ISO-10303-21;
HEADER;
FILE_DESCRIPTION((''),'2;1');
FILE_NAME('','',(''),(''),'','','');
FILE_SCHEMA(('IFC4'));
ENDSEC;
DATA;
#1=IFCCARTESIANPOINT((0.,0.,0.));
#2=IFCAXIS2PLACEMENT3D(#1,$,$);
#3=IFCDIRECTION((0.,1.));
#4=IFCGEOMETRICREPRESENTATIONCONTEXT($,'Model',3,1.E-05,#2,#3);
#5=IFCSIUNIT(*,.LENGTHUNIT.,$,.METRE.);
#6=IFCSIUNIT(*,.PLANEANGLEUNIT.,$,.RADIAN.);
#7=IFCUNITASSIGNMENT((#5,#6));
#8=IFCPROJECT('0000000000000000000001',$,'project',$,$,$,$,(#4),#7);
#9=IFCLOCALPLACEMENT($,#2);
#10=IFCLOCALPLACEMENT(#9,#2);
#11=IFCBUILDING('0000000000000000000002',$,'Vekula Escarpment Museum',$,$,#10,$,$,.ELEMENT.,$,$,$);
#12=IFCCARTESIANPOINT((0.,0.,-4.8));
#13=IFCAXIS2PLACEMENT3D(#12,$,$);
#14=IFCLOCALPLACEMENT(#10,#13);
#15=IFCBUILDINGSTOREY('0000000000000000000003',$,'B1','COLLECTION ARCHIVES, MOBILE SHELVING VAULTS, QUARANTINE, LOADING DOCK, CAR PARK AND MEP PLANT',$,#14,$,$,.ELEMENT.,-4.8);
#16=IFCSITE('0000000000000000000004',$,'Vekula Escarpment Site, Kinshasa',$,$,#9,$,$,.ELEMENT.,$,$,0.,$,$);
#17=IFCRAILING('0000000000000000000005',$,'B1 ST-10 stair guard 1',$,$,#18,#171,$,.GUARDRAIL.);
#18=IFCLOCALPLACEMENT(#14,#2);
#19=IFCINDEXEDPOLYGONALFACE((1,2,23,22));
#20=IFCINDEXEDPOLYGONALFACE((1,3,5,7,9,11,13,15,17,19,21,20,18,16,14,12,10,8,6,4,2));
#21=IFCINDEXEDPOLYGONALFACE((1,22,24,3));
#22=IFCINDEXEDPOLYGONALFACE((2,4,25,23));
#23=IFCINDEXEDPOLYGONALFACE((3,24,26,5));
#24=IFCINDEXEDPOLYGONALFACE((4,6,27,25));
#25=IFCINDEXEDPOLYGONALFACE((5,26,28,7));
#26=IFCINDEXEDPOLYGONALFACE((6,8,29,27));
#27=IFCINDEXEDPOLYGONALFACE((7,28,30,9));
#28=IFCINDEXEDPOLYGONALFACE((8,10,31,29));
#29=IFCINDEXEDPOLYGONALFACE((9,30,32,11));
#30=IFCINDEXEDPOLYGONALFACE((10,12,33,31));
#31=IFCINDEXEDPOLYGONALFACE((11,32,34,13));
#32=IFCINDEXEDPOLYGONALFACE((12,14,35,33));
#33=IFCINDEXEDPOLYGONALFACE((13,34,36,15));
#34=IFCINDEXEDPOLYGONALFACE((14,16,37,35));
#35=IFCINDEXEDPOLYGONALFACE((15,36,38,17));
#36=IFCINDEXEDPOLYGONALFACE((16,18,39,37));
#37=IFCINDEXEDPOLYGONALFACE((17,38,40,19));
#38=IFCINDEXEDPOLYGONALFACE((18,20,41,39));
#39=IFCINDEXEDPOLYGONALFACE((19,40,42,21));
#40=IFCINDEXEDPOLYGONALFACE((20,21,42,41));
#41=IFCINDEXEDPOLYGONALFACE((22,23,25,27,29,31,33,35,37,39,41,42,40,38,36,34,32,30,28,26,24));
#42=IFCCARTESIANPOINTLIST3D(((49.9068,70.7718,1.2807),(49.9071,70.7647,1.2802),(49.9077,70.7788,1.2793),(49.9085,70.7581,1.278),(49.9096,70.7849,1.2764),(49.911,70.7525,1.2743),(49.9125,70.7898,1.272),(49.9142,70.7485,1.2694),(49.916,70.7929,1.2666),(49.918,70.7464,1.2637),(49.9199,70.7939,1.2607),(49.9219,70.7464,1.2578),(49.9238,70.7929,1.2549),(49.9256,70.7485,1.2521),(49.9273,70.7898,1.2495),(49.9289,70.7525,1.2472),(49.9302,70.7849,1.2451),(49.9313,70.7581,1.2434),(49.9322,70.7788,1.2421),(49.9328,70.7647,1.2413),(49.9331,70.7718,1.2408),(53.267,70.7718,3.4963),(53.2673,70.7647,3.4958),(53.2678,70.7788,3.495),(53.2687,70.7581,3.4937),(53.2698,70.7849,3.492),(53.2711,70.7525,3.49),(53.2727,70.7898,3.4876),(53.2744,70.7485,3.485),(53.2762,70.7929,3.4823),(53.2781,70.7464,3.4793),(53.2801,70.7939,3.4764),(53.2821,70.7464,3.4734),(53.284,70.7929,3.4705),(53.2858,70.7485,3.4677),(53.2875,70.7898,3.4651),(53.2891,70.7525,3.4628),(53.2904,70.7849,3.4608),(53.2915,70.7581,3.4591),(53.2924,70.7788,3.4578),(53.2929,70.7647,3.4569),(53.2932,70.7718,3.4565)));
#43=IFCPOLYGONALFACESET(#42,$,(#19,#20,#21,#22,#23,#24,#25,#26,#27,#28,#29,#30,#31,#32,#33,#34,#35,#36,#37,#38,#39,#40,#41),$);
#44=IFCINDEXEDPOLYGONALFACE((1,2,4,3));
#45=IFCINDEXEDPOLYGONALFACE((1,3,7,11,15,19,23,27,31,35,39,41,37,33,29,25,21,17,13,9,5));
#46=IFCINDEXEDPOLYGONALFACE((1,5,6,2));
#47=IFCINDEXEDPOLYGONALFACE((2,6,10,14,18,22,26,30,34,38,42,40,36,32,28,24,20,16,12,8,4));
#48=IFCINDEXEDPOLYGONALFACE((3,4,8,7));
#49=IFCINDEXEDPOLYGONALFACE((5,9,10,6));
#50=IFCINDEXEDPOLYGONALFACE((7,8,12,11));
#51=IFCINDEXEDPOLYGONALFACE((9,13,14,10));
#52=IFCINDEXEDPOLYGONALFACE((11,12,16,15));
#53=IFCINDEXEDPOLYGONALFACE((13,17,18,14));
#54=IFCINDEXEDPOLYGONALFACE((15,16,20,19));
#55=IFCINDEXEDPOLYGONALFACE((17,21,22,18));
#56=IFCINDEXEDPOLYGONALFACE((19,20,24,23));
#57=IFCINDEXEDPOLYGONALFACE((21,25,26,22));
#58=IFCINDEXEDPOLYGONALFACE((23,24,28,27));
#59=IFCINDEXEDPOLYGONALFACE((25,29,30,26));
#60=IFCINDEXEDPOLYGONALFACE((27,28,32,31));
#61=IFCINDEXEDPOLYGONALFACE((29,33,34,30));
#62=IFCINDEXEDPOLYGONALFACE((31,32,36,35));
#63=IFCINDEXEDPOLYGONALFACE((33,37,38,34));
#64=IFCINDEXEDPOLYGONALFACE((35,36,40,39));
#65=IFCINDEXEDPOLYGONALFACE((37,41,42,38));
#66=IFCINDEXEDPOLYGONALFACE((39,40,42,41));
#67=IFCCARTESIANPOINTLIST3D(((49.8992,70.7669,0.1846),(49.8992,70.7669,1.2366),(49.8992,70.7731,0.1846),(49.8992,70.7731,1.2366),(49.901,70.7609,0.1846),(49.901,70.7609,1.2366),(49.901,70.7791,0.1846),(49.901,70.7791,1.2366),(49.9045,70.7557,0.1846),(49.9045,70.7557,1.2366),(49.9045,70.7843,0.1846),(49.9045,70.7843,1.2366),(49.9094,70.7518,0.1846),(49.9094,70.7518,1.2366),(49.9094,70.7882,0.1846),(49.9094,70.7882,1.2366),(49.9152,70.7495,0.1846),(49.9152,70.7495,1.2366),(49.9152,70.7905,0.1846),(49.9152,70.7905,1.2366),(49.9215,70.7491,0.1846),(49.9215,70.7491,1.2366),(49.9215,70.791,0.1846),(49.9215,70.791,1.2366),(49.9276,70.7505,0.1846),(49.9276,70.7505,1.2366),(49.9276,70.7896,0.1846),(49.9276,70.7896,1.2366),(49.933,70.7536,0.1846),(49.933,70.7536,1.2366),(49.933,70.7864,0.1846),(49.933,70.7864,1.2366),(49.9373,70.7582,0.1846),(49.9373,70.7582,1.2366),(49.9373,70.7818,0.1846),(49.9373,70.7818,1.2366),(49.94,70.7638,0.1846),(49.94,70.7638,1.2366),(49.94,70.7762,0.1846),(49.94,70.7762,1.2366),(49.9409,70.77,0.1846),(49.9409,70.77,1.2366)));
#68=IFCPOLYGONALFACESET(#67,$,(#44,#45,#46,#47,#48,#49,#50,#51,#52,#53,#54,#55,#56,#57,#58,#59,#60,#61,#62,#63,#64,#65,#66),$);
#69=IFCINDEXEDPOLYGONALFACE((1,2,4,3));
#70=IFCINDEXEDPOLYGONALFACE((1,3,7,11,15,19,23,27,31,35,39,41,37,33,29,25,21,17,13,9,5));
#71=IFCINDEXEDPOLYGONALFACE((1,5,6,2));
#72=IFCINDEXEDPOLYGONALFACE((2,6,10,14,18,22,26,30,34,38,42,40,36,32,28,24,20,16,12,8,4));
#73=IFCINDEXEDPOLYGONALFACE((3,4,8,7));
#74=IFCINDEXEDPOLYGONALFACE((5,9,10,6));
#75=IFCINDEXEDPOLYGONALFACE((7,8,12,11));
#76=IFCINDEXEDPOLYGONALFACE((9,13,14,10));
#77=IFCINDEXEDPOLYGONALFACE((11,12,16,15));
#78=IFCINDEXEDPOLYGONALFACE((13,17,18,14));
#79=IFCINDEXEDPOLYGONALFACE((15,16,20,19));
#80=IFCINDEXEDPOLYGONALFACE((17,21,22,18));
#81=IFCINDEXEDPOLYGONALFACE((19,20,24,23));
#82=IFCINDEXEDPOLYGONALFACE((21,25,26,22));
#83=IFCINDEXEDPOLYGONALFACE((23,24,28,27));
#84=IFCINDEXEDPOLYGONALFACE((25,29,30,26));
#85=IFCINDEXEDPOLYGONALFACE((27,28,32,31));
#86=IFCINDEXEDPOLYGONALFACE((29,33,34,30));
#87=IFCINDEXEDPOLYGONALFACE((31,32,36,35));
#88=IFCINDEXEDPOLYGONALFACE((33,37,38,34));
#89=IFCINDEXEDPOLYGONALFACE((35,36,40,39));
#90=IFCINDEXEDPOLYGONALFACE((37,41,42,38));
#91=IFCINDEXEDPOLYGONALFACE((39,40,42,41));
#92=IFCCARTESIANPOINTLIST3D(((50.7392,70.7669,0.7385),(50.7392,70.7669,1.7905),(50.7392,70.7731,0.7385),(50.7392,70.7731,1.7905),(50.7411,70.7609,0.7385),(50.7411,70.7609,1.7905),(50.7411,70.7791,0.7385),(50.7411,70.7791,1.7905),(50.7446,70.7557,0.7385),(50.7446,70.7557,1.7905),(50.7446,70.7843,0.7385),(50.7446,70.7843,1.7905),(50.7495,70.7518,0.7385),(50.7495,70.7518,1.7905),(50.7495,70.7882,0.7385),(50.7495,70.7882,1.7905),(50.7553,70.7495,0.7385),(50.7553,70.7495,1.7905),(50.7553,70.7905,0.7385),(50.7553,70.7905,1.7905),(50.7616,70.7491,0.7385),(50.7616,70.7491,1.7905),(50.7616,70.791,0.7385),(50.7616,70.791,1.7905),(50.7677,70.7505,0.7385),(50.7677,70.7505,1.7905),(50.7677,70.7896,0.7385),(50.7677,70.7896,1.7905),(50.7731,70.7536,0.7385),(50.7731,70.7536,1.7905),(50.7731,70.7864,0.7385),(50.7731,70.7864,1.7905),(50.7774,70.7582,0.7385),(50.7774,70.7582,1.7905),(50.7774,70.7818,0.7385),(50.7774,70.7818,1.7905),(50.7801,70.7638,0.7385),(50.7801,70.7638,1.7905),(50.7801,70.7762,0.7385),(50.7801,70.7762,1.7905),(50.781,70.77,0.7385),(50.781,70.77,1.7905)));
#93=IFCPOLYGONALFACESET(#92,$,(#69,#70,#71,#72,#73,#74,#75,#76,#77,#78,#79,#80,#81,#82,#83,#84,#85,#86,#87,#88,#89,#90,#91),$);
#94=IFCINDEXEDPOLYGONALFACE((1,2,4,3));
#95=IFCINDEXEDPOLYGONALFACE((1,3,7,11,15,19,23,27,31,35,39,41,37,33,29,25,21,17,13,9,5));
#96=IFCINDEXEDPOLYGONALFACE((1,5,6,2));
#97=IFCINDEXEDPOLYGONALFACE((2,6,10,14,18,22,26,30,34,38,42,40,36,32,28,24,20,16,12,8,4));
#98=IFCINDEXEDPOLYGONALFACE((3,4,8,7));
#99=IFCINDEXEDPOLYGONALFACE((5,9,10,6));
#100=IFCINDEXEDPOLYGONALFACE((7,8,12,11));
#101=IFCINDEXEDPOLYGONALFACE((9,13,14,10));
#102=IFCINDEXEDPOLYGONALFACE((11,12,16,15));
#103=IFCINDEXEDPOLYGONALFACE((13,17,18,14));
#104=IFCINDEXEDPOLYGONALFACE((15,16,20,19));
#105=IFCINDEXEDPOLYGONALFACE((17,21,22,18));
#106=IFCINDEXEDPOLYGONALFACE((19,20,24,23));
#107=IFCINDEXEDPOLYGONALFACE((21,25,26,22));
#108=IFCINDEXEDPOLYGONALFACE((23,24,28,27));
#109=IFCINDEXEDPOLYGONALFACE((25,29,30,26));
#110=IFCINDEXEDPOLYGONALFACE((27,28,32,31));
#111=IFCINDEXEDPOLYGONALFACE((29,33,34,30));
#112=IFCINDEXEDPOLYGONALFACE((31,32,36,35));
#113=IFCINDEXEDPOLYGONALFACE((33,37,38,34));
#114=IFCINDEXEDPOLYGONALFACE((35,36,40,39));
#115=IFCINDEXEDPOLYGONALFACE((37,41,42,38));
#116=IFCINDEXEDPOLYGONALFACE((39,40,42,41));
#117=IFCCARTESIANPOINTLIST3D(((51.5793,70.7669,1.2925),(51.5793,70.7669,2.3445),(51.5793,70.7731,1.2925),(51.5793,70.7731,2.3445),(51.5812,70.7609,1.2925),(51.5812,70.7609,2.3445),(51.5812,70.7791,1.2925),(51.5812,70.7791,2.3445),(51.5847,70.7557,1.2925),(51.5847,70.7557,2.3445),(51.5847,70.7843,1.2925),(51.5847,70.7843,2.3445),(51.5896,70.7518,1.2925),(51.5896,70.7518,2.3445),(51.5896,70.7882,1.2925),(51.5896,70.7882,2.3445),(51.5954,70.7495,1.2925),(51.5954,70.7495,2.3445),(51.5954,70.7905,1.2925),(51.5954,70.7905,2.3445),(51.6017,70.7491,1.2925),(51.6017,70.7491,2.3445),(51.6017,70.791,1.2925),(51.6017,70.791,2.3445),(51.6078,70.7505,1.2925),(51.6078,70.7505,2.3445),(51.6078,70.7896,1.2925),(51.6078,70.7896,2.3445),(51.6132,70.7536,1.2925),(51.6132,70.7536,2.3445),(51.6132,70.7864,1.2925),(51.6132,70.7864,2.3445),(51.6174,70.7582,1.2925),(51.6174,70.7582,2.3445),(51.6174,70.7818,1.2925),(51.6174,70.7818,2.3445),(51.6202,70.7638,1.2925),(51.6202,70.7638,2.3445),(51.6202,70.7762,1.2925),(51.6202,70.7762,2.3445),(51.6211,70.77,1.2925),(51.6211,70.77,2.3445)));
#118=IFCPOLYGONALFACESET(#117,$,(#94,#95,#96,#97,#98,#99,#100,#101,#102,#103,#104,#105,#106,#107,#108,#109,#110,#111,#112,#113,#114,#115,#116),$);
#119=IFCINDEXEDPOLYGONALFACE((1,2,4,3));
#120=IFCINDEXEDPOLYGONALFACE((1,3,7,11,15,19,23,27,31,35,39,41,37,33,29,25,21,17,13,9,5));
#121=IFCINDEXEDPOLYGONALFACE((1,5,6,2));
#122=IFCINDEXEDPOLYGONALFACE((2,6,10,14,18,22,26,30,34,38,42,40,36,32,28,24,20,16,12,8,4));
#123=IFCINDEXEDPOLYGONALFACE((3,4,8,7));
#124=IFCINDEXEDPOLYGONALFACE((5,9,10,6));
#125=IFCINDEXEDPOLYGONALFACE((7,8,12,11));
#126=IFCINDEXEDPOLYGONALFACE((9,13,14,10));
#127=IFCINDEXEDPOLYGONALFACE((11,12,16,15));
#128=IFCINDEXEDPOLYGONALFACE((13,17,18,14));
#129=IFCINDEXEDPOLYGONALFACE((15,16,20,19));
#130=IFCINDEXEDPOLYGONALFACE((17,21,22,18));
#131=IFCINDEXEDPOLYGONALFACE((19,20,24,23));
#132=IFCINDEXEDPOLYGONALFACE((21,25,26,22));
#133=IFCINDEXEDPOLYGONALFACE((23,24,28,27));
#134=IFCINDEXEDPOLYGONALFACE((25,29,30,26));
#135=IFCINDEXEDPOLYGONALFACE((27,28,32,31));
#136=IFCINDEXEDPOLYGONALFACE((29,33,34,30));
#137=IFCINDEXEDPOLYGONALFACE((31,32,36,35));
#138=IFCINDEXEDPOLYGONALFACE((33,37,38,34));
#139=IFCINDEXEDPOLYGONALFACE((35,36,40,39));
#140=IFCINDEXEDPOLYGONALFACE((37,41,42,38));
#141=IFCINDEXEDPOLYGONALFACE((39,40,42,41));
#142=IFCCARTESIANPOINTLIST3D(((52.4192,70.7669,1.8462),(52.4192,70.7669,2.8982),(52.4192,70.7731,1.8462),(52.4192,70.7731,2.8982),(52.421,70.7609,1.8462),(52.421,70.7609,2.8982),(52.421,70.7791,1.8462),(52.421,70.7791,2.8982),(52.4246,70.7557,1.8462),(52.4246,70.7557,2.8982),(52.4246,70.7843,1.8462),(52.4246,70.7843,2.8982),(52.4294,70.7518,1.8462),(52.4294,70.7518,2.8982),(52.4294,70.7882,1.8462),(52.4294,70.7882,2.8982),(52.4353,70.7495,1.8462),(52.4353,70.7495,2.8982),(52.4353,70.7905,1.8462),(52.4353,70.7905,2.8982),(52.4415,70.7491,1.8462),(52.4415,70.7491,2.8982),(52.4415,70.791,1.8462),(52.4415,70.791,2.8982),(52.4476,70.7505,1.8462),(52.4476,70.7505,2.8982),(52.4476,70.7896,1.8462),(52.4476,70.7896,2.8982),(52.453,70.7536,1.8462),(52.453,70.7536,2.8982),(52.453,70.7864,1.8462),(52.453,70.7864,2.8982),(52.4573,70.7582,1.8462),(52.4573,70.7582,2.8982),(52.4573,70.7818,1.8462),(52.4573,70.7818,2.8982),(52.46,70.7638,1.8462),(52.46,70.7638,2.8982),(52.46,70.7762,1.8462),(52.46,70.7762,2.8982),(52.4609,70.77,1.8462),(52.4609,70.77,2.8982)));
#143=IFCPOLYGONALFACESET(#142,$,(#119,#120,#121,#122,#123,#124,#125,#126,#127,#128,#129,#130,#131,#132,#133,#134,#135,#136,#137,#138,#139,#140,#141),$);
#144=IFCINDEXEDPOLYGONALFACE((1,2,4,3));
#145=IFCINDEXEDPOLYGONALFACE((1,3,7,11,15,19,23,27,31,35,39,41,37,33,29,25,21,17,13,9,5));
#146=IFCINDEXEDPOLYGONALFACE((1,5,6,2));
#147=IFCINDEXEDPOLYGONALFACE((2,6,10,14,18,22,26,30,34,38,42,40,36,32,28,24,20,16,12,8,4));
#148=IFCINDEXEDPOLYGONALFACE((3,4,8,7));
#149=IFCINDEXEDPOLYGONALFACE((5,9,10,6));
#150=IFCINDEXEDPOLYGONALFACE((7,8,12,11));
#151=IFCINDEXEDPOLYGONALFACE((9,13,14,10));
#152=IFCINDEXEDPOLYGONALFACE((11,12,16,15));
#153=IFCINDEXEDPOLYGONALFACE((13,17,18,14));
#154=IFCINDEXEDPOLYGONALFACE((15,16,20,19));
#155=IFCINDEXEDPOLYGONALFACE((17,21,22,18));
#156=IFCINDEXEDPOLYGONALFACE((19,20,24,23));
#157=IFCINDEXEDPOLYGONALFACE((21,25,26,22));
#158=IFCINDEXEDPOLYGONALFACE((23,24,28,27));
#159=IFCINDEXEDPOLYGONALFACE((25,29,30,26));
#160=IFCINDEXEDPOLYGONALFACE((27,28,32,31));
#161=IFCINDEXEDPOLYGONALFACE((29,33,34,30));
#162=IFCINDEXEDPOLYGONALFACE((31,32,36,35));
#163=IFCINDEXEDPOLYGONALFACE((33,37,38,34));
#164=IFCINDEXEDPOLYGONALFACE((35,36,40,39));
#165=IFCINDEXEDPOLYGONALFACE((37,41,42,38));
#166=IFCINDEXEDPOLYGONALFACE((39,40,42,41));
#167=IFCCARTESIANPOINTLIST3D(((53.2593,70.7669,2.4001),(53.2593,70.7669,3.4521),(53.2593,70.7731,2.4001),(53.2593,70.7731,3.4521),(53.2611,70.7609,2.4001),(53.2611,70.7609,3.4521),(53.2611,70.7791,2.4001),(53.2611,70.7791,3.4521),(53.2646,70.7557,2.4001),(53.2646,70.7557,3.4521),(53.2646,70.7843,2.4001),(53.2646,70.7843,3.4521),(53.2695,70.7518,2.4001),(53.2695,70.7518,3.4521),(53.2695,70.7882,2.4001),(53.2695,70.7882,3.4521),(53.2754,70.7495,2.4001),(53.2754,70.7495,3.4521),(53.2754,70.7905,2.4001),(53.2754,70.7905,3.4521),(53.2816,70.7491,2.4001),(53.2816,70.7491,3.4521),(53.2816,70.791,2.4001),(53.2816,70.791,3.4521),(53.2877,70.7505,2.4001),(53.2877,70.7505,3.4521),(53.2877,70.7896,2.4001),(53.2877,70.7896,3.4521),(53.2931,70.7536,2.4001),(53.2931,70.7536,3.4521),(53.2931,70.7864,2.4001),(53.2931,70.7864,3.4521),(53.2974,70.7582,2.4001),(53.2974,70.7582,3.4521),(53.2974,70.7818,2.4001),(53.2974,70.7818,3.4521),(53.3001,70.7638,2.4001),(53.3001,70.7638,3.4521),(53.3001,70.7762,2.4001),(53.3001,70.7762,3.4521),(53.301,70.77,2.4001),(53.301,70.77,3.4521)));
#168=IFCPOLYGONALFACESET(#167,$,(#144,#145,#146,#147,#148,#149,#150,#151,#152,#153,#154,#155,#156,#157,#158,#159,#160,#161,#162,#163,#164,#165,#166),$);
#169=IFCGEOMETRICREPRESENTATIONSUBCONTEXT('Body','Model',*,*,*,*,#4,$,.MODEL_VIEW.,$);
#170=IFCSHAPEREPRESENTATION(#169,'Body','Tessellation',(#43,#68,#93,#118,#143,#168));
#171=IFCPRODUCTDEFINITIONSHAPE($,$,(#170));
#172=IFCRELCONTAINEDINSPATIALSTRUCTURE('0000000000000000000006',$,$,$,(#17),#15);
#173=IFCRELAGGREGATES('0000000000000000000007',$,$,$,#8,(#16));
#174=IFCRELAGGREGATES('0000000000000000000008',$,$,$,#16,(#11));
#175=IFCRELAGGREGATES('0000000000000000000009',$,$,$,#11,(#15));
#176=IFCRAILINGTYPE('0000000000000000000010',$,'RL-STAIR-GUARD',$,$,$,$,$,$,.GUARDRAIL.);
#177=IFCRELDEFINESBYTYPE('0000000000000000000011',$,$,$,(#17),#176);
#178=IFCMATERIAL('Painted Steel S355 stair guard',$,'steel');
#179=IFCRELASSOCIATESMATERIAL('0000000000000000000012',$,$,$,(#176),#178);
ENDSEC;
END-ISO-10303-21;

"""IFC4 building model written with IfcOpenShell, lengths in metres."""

from ifc_helpers import new_model, si_unit, direction, frame, origin, origin_2d, place, context, subcontext, project, spatial, circle, extrude, material, type_object, element, save


model = new_model("IFC4")

# Units and contexts
model_context = context("Model", 3, precision=1e-05, world=origin(), true_north=direction((0.0, 1.0)))
body_context = subcontext(model_context, "Body", "Model", "MODEL_VIEW")
ifc_project = project(units=[si_unit("LENGTHUNIT", "METRE"), si_unit("PLANEANGLEUNIT", "RADIAN")], contexts=[model_context])

# Site, building, storey
site_placement = place(None, origin())
site = spatial("IfcSite", under=ifc_project, at=site_placement, Name="Vekula Escarpment Site, Kinshasa", CompositionType="ELEMENT", RefElevation=0.0)
building_placement = place(site_placement, origin())
building = spatial("IfcBuilding", under=site, at=building_placement, Name="Vekula Escarpment Museum", CompositionType="ELEMENT")
storey_placement = place(building_placement, frame((0.0, 0.0, -4.8)))
storey = spatial("IfcBuildingStorey", under=building, at=storey_placement, Name="B1", Description="COLLECTION ARCHIVES, MOBILE SHELVING VAULTS, QUARANTINE, LOADING DOCK, CAR PARK AND MEP PLANT", CompositionType="ELEMENT", Elevation=-4.8)

# Railing
ifc_material_1 = material(Name="Painted Steel S355 stair guard", Category="steel")
railing_type_1 = type_object("IfcRailingType", Name="RL-STAIR-GUARD", PredefinedType="GUARDRAIL", material=ifc_material_1)
railing_1_placement = place(storey_placement, frame((49.9199, 70.77, 0.1846)))
element("IfcRailing", 1, at=railing_1_placement, inside=storey, type_object=railing_type_1, Name="B1 ST-10 stair guard 1", PredefinedType="GUARDRAIL", context=body_context, shape_type="SweptSolid", body=[
    extrude(circle(Radius=0.0239, at=origin_2d()), frame((0.0, 0.0, 1.0762), z_axis=(0.834849, 0.0, 0.55048), x_axis=(0.0, 1.0, 0.0)), (0.0, 0.0, 1.0), 4.0249),
    extrude(circle(Radius=0.021, at=origin_2d()), origin(), (0.0, 0.0, 1.0), 1.052),
    extrude(circle(Radius=0.021, at=origin_2d()), frame((0.8401, 0.0, 0.554)), (0.0, 0.0, 1.0), 1.052),
    extrude(circle(Radius=0.021, at=origin_2d()), frame((1.6802, 0.0, 1.1079)), (0.0, 0.0, 1.0), 1.052),
    extrude(circle(Radius=0.021, at=origin_2d()), frame((2.52, 0.0, 1.6616)), (0.0, 0.0, 1.0), 1.052),
    extrude(circle(Radius=0.021, at=origin_2d()), frame((3.3601, 0.0, 2.2156)), (0.0, 0.0, 1.0), 1.052),
])

save(model, "model.ifc")
